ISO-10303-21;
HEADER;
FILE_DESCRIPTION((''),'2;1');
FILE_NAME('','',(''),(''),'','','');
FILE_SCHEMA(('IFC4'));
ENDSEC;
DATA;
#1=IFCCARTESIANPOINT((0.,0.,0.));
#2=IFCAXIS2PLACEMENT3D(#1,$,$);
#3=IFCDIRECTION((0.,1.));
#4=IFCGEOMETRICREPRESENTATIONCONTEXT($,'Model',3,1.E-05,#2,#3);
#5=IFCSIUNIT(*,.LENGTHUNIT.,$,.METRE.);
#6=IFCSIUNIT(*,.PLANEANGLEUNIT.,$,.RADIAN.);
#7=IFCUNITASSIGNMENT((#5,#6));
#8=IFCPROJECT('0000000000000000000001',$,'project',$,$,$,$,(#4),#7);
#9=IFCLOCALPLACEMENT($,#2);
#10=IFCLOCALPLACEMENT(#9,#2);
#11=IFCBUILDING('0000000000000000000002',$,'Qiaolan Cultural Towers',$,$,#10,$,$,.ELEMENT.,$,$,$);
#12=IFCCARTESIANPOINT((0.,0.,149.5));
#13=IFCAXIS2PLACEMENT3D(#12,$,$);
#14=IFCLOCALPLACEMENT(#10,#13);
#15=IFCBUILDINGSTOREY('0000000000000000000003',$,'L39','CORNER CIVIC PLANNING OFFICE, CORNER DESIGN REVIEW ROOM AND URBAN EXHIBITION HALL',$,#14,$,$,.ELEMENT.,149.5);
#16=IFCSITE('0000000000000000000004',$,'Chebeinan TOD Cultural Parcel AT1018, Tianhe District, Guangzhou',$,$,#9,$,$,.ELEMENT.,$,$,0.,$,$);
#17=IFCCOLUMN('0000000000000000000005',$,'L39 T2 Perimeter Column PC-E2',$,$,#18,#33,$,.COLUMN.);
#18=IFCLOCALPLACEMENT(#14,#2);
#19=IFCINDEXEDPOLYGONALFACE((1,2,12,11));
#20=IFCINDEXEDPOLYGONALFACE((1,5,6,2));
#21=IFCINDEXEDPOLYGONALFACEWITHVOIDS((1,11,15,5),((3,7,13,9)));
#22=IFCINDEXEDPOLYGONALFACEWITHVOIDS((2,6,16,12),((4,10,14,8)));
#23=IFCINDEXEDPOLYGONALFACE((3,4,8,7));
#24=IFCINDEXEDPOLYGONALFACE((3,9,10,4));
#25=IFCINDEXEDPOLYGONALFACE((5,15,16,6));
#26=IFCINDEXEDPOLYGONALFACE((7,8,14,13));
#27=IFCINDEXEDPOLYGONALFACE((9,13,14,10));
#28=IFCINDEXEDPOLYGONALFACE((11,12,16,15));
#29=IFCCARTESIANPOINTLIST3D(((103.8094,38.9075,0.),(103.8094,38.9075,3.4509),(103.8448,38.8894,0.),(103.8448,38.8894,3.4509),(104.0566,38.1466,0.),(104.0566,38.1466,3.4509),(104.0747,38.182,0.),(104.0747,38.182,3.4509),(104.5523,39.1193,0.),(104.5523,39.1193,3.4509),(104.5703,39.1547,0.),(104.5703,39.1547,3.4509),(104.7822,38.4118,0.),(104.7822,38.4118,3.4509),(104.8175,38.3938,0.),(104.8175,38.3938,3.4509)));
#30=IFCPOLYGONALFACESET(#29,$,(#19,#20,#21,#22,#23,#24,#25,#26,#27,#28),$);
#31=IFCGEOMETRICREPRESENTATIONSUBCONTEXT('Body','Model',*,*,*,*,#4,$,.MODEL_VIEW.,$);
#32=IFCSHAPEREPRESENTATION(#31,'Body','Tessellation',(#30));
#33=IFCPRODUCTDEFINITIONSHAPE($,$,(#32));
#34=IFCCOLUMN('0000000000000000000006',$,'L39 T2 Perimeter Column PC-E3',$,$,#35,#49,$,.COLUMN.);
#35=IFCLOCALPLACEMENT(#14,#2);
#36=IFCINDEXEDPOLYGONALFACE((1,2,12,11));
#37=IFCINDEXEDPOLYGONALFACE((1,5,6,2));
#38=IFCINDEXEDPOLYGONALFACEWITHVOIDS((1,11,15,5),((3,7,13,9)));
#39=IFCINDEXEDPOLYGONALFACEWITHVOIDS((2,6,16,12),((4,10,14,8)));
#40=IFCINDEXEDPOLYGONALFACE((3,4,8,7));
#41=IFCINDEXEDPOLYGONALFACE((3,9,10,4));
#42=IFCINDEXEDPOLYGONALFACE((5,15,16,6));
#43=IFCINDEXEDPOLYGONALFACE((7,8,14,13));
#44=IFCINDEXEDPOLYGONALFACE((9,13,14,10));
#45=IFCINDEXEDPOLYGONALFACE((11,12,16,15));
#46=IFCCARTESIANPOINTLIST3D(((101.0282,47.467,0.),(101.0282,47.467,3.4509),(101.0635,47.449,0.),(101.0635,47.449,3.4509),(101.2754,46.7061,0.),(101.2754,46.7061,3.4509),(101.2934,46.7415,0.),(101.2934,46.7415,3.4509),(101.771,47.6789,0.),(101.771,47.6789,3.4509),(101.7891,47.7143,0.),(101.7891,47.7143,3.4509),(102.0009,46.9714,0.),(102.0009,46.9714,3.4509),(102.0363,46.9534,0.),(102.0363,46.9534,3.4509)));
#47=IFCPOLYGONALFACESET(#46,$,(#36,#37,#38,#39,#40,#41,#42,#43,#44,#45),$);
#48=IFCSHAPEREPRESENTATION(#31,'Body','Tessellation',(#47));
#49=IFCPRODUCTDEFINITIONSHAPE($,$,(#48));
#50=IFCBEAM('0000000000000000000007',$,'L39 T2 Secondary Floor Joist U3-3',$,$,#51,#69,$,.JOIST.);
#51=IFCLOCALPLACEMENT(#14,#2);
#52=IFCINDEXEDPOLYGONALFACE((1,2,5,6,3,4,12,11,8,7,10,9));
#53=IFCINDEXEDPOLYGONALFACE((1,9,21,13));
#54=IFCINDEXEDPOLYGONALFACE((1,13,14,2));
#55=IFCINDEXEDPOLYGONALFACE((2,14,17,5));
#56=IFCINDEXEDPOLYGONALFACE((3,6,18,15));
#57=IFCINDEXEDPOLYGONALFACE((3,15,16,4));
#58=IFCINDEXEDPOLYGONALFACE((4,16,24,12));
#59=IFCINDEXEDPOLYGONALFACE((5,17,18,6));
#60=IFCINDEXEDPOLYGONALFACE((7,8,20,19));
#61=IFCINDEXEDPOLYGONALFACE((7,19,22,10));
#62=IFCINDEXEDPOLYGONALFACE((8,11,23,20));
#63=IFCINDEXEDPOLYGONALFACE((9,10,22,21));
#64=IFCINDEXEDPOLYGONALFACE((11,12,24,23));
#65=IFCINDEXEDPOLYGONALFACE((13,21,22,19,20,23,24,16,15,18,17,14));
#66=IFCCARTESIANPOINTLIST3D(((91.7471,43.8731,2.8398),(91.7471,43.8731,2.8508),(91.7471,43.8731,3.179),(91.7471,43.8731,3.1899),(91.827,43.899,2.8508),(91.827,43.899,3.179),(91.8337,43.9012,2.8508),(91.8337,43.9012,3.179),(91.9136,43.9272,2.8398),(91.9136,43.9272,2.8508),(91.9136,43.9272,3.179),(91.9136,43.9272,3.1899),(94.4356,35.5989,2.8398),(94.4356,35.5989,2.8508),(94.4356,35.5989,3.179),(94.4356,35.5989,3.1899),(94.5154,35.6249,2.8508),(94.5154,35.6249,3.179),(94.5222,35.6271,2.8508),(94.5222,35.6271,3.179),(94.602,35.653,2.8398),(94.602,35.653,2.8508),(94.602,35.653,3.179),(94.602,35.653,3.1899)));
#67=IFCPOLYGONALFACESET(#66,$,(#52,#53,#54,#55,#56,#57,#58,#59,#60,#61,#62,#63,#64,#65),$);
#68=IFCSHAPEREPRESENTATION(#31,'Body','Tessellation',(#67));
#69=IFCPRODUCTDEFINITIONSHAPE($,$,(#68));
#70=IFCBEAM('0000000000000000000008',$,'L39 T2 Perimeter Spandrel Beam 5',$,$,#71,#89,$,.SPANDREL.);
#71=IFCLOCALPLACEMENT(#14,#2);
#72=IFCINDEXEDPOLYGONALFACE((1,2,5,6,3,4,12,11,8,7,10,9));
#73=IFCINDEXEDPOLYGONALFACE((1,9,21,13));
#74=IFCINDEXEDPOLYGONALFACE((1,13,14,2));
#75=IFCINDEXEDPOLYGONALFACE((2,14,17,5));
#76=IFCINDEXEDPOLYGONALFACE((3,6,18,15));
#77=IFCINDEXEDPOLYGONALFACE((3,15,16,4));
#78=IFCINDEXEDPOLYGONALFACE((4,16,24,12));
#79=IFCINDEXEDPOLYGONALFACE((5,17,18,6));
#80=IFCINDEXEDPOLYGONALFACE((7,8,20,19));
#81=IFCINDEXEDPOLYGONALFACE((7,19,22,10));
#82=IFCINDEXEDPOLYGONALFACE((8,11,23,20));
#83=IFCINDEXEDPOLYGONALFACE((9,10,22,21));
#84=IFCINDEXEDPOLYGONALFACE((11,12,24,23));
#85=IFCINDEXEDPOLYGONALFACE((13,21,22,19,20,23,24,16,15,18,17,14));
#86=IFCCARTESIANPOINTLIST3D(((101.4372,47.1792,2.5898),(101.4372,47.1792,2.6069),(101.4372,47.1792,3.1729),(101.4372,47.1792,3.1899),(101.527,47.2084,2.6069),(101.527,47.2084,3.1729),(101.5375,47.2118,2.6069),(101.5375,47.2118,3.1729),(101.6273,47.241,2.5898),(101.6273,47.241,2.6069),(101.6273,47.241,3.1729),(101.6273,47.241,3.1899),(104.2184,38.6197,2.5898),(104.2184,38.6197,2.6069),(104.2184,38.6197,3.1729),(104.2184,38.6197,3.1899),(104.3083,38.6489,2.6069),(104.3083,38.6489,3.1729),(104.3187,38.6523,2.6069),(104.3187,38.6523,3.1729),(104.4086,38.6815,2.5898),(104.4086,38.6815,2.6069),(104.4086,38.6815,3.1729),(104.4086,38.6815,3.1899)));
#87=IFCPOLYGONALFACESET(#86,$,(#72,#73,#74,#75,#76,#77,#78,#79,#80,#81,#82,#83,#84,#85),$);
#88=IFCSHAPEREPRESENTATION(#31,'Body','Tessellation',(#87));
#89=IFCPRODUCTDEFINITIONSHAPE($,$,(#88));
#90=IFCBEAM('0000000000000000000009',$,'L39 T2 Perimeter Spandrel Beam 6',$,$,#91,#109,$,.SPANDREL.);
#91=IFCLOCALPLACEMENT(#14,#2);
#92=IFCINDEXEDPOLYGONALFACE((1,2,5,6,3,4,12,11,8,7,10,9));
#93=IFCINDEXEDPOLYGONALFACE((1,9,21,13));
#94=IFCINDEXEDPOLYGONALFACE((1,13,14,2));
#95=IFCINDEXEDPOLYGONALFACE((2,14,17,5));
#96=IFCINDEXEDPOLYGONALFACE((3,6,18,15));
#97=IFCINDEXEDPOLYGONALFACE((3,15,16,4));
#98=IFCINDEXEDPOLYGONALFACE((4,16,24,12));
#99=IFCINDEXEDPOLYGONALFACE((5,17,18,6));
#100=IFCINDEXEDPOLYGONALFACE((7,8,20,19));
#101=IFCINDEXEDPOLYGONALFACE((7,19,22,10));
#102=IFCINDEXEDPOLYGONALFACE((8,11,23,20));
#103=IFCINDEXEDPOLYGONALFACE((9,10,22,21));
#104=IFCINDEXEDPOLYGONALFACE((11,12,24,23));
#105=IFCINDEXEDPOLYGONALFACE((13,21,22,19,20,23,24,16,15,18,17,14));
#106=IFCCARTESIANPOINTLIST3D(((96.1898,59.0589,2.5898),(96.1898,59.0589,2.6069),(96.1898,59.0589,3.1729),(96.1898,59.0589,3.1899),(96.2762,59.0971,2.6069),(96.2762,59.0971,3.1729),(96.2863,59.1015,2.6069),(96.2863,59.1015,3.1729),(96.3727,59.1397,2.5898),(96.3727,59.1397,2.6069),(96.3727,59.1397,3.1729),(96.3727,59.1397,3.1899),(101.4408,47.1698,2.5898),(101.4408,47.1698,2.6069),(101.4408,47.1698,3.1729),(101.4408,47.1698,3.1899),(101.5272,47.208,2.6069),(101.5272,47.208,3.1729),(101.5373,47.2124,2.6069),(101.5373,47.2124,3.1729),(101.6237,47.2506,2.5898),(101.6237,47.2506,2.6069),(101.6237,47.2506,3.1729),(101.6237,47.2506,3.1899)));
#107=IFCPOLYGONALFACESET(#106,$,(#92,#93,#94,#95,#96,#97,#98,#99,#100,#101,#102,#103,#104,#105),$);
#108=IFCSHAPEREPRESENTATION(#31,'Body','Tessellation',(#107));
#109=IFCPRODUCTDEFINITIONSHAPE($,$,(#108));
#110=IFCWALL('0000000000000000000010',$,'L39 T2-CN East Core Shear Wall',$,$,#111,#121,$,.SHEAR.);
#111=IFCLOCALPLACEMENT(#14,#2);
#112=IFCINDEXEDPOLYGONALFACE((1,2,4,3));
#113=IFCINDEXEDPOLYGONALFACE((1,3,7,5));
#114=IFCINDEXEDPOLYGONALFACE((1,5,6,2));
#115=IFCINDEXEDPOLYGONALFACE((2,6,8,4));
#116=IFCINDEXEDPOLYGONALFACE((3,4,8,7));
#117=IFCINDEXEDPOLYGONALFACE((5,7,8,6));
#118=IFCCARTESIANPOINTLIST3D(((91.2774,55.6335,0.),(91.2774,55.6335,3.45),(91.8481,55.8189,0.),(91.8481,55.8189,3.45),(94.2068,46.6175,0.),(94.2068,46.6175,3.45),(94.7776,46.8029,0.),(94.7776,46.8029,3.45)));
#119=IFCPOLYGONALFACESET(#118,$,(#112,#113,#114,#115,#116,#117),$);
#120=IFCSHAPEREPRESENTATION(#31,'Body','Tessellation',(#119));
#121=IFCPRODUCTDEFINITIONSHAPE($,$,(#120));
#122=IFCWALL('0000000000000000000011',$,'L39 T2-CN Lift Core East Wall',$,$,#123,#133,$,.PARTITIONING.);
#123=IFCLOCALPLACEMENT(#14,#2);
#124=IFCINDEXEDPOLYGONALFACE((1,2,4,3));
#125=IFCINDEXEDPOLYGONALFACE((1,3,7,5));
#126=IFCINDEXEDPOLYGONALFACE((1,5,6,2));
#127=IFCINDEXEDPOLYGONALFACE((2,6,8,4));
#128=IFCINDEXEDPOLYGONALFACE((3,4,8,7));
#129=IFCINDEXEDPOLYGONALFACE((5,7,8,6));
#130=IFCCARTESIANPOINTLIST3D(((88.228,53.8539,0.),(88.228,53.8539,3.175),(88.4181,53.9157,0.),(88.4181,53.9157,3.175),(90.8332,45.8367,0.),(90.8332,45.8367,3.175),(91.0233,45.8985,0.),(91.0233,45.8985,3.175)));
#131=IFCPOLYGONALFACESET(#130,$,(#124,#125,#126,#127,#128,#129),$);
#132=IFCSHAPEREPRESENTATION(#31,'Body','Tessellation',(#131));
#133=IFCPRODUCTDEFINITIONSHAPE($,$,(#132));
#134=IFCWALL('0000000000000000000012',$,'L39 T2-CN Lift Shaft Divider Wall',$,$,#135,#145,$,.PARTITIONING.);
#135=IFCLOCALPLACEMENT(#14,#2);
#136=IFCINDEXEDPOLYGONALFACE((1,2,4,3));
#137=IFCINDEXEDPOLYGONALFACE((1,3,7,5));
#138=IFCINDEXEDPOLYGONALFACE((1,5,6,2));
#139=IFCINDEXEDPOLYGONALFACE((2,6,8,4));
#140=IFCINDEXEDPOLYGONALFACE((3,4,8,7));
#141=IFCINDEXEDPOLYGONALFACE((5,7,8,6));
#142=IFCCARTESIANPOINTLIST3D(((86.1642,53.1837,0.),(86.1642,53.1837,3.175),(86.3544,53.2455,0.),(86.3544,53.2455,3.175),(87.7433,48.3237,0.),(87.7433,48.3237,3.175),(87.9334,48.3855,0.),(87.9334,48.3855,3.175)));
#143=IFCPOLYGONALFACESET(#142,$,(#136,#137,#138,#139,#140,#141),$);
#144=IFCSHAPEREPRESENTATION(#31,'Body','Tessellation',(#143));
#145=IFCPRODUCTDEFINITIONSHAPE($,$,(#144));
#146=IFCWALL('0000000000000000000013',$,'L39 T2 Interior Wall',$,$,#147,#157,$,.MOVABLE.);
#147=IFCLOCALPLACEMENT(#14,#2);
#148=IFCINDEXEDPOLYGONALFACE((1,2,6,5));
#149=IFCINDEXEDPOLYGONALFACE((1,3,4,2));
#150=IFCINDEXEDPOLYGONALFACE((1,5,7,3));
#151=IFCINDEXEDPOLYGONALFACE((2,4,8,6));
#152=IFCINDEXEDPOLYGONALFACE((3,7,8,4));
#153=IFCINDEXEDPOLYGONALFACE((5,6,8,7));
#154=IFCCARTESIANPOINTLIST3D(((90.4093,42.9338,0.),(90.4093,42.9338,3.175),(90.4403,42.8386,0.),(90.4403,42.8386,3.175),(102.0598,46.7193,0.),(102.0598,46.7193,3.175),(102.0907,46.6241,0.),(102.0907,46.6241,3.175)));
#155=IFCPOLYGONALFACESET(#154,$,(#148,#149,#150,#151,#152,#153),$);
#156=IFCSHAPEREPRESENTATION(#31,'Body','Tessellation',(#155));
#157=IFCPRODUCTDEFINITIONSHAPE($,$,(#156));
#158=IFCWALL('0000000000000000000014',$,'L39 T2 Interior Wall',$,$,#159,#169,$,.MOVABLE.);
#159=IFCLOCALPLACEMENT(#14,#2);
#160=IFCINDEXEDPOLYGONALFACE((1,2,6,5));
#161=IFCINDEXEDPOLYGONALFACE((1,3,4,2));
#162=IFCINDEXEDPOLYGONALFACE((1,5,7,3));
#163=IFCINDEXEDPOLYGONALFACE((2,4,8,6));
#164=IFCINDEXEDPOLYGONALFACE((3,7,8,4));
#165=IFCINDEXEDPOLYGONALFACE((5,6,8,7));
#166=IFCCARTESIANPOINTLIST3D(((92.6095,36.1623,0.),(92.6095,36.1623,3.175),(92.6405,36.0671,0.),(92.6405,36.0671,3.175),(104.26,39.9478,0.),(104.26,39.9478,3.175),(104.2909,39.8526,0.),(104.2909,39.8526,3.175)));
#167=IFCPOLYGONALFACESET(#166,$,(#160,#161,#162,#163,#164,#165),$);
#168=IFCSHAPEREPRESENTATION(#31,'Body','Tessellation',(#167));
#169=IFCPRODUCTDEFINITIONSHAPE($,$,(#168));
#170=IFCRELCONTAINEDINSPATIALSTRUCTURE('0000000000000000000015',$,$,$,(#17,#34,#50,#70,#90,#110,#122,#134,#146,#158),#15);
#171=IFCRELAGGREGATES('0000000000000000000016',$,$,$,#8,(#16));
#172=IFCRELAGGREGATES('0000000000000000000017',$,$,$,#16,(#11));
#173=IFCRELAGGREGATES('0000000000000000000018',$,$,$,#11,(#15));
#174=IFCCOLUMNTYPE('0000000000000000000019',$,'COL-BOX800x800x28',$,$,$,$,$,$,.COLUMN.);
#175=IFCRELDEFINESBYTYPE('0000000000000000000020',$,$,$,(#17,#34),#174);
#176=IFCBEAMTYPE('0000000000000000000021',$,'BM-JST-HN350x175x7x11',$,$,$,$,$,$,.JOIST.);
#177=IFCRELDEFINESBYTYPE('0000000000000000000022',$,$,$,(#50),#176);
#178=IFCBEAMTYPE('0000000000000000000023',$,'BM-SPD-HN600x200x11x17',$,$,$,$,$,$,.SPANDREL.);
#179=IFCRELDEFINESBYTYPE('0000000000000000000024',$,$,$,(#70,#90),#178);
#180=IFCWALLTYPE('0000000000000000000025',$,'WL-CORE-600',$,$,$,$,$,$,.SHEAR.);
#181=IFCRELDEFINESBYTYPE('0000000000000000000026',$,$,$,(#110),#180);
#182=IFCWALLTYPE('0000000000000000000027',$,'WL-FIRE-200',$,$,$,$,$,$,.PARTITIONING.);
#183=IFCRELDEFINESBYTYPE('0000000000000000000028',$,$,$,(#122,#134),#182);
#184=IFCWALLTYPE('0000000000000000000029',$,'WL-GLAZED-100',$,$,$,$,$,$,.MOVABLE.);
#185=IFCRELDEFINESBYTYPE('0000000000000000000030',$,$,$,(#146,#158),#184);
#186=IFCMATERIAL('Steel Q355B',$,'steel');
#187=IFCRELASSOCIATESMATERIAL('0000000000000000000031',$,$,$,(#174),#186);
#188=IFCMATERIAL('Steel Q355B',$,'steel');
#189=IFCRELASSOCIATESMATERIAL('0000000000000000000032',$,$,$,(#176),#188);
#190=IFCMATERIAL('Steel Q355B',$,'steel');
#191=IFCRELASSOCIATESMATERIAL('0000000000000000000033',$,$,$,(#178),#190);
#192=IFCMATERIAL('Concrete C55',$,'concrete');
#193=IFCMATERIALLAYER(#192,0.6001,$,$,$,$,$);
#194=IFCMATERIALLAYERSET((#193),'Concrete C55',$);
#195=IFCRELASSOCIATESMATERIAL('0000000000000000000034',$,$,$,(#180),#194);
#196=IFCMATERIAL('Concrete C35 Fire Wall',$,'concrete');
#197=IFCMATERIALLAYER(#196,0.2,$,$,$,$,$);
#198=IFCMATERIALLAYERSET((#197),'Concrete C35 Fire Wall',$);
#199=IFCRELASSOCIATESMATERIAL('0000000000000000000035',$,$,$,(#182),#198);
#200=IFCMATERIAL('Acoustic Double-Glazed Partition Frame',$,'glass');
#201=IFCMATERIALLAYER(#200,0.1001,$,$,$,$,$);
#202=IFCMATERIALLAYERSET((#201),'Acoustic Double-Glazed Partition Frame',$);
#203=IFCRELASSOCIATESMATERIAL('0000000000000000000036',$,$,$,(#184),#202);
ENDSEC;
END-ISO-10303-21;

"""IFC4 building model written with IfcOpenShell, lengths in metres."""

from ifc_helpers import new_model, si_unit, direction, frame, frame_2d, origin, origin_2d, place, context, subcontext, project, spatial, rectangle, hollow_rectangle, i_section, extrude, material, layer, layer_set, material_profile, profile_set, type_object, element, save


model = new_model("IFC4")

# Units and contexts
model_context = context("Model", 3, precision=1e-05, world=origin(), true_north=direction((0.0, 1.0)))
body_context = subcontext(model_context, "Body", "Model", "MODEL_VIEW")
ifc_project = project(units=[si_unit("LENGTHUNIT", "METRE"), si_unit("PLANEANGLEUNIT", "RADIAN")], contexts=[model_context])

# Site, building, storey
site_placement = place(None, origin())
site = spatial("IfcSite", under=ifc_project, at=site_placement, Name="Chebeinan TOD Cultural Parcel AT1018, Tianhe District, Guangzhou", CompositionType="ELEMENT", RefElevation=0.0)
building_placement = place(site_placement, origin())
building = spatial("IfcBuilding", under=site, at=building_placement, Name="Qiaolan Cultural Towers", CompositionType="ELEMENT")
storey_placement = place(building_placement, frame((0.0, 0.0, 149.5)))
storey = spatial("IfcBuildingStorey", under=building, at=storey_placement, Name="L39", Description="CORNER CIVIC PLANNING OFFICE, CORNER DESIGN REVIEW ROOM AND URBAN EXHIBITION HALL", CompositionType="ELEMENT", Elevation=149.5)

# Columns
ifc_material_1 = material(Name="Steel Q355B", Category="steel")
ifc_material_profile_1 = material_profile(ifc_material_1, hollow_rectangle(XDim=0.8, YDim=0.8, WallThickness=0.0281, at=origin_2d()), Name="BOX800x800x28")
ifc_profile_set_1 = profile_set([ifc_material_profile_1], Name="Steel Q355B")
column_type = type_object("IfcColumnType", Name="COL-BOX800x800x28", PredefinedType="COLUMN", material=ifc_profile_set_1)
for number, where, z_axis, x_axis, name in (
    (1, (104.3135, 38.6506, 0.0), (0.0, 0.0, 1.0), (0.951057, 0.309017, 0.0), "L39 T2 Perimeter Column PC-E2"),
    (2, (101.5322, 47.2102, 0.0), (0.0, 0.0, 1.0), (0.951057, 0.309017, 0.0), "L39 T2 Perimeter Column PC-E3"),
):
    element("IfcColumn", number, at=place(storey_placement, frame(where, z_axis=z_axis, x_axis=x_axis)), inside=storey, type_object=column_type, Name=name, PredefinedType="COLUMN", context=body_context, shape_type="SweptSolid", body=[
        extrude(hollow_rectangle(XDim=0.8, YDim=0.8, WallThickness=0.0281, at=origin_2d()), origin(), (0.0, 0.0, 1.0), 3.4509),
    ])

# Beams
ifc_material_2 = material(Name="Steel Q355B", Category="steel")
ifc_material_profile_2 = material_profile(ifc_material_2, i_section(OverallWidth=0.175, OverallDepth=0.3501, WebThickness=0.0071, FlangeThickness=0.011, at=origin_2d()), Name="HN350x175x7x11")
ifc_profile_set_2 = profile_set([ifc_material_profile_2], Name="Steel Q355B")
beam_type_1 = type_object("IfcBeamType", Name="BM-JST-HN350x175x7x11", PredefinedType="JOIST", material=ifc_profile_set_2)
beam_1_placement = place(storey_placement, frame((94.5188, 35.626, 3.0149), z_axis=(-0.309021, 0.951055, 0.0), x_axis=(-0.951055, -0.309021, 0.0)))
element("IfcBeam", 3, at=beam_1_placement, inside=storey, type_object=beam_type_1, Name="L39 T2 Secondary Floor Joist U3-3", PredefinedType="JOIST", context=body_context, shape_type="SweptSolid", body=[
    extrude(i_section(OverallWidth=0.175, OverallDepth=0.3501, WebThickness=0.0071, FlangeThickness=0.011, at=origin_2d()), origin(), (0.0, 0.0, 1.0), 8.7),
])
ifc_material_3 = material(Name="Steel Q355B", Category="steel")
ifc_material_profile_3 = material_profile(ifc_material_3, i_section(OverallWidth=0.2, OverallDepth=0.6001, WebThickness=0.011, FlangeThickness=0.0171, at=origin_2d()), Name="HN600x200x11x17")
ifc_profile_set_3 = profile_set([ifc_material_profile_3], Name="Steel Q355B")
beam_type_2 = type_object("IfcBeamType", Name="BM-SPD-HN600x200x11x17", PredefinedType="SPANDREL", material=ifc_profile_set_3)
beam_2_placement = place(storey_placement, frame((104.3135, 38.6506, 2.8899), z_axis=(-0.309025, 0.951054, 0.0), x_axis=(-0.951054, -0.309025, 0.0)))
element("IfcBeam", 4, at=beam_2_placement, inside=storey, type_object=beam_type_2, Name="L39 T2 Perimeter Spandrel Beam 5", PredefinedType="SPANDREL", context=body_context, shape_type="SweptSolid", body=[
    extrude(i_section(OverallWidth=0.2, OverallDepth=0.6001, WebThickness=0.011, FlangeThickness=0.0171, at=origin_2d()), origin(), (0.0, 0.0, 1.0), 9.0),
])
beam_3_placement = place(storey_placement, frame((101.5322, 47.2102, 2.8899), z_axis=(-0.404011, 0.914754, 0.0), x_axis=(-0.914754, -0.404011, 0.0)))
element("IfcBeam", 5, at=beam_3_placement, inside=storey, type_object=beam_type_2, Name="L39 T2 Perimeter Spandrel Beam 6", PredefinedType="SPANDREL", context=body_context, shape_type="SweptSolid", body=[
    extrude(i_section(OverallWidth=0.2, OverallDepth=0.6001, WebThickness=0.011, FlangeThickness=0.0171, at=origin_2d()), origin(), (0.0, 0.0, 1.0), 12.9971),
])

# Walls
ifc_material_4 = material(Name="Concrete C55", Category="concrete")
ifc_layer_1 = layer(ifc_material_4, 0.6001)
ifc_layer_set_1 = layer_set([ifc_layer_1], Name="Concrete C55")
wall_type_1 = type_object("IfcWallType", Name="WL-CORE-600", PredefinedType="SHEAR", material=ifc_layer_set_1)
wall_1_placement = place(storey_placement, frame((94.4922, 46.7102, 0.0), z_axis=(0.0, 0.0, 1.0), x_axis=(-0.30901, 0.951059, 0.0)))
element("IfcWall", 6, at=wall_1_placement, inside=storey, type_object=wall_type_1, Name="L39 T2-CN East Core Shear Wall", PredefinedType="SHEAR", context=body_context, shape_type="SweptSolid", body=[
    extrude(rectangle(XDim=9.48, YDim=0.6001, at=frame_2d((4.74, 0.0))), origin(), (0.0, 0.0, 1.0), 3.45),
])
ifc_material_5 = material(Name="Concrete C35 Fire Wall", Category="concrete")
ifc_layer_2 = layer(ifc_material_5, 0.2)
ifc_layer_set_2 = layer_set([ifc_layer_2], Name="Concrete C35 Fire Wall")
wall_type_2 = type_object("IfcWallType", Name="WL-FIRE-200", PredefinedType="PARTITIONING", material=ifc_layer_set_2)
wall_2_placement = place(storey_placement, frame((90.9282, 45.8677, 0.0), z_axis=(0.0, 0.0, 1.0), x_axis=(-0.309042, 0.951048, 0.0)))
element("IfcWall", 7, at=wall_2_placement, inside=storey, type_object=wall_type_2, Name="L39 T2-CN Lift Core East Wall", PredefinedType="PARTITIONING", context=body_context, shape_type="SweptSolid", body=[
    extrude(rectangle(XDim=8.4299, YDim=0.2, at=frame_2d((4.2148, 0.0))), origin(), (0.0, 0.0, 1.0), 3.175),
])
wall_3_placement = place(storey_placement, frame((87.8384, 48.3545, 0.0), z_axis=(0.0, 0.0, 1.0), x_axis=(-0.309009, 0.951059, 0.0)))
element("IfcWall", 8, at=wall_3_placement, inside=storey, type_object=wall_type_2, Name="L39 T2-CN Lift Shaft Divider Wall", PredefinedType="PARTITIONING", context=body_context, shape_type="SweptSolid", body=[
    extrude(rectangle(XDim=5.1101, YDim=0.2, at=frame_2d((2.5552, 0.0))), origin(), (0.0, 0.0, 1.0), 3.175),
])
ifc_material_6 = material(Name="Acoustic Double-Glazed Partition Frame", Category="glass")
ifc_layer_3 = layer(ifc_material_6, 0.1001)
ifc_layer_set_3 = layer_set([ifc_layer_3], Name="Acoustic Double-Glazed Partition Frame")
wall_type_3 = type_object("IfcWallType", Name="WL-GLAZED-100", PredefinedType="MOVABLE", material=ifc_layer_set_3)
for number, where, z_axis, x_axis, name in (
    (9, (90.4248, 42.8862, 0.0), (0.0, 0.0, 1.0), (0.951057, 0.309014, 0.0), "L39 T2 Interior Wall"),
    (10, (92.625, 36.1147, 0.0), (0.0, 0.0, 1.0), (0.951057, 0.309014, 0.0), "L39 T2 Interior Wall"),
):
    element("IfcWall", number, at=place(storey_placement, frame(where, z_axis=z_axis, x_axis=x_axis)), inside=storey, type_object=wall_type_3, Name=name, PredefinedType="MOVABLE", context=body_context, shape_type="SweptSolid", body=[
        extrude(rectangle(XDim=12.25, YDim=0.1001, at=frame_2d((6.125, 0.0))), origin(), (0.0, 0.0, 1.0), 3.175),
    ])

save(model, "model.ifc")
